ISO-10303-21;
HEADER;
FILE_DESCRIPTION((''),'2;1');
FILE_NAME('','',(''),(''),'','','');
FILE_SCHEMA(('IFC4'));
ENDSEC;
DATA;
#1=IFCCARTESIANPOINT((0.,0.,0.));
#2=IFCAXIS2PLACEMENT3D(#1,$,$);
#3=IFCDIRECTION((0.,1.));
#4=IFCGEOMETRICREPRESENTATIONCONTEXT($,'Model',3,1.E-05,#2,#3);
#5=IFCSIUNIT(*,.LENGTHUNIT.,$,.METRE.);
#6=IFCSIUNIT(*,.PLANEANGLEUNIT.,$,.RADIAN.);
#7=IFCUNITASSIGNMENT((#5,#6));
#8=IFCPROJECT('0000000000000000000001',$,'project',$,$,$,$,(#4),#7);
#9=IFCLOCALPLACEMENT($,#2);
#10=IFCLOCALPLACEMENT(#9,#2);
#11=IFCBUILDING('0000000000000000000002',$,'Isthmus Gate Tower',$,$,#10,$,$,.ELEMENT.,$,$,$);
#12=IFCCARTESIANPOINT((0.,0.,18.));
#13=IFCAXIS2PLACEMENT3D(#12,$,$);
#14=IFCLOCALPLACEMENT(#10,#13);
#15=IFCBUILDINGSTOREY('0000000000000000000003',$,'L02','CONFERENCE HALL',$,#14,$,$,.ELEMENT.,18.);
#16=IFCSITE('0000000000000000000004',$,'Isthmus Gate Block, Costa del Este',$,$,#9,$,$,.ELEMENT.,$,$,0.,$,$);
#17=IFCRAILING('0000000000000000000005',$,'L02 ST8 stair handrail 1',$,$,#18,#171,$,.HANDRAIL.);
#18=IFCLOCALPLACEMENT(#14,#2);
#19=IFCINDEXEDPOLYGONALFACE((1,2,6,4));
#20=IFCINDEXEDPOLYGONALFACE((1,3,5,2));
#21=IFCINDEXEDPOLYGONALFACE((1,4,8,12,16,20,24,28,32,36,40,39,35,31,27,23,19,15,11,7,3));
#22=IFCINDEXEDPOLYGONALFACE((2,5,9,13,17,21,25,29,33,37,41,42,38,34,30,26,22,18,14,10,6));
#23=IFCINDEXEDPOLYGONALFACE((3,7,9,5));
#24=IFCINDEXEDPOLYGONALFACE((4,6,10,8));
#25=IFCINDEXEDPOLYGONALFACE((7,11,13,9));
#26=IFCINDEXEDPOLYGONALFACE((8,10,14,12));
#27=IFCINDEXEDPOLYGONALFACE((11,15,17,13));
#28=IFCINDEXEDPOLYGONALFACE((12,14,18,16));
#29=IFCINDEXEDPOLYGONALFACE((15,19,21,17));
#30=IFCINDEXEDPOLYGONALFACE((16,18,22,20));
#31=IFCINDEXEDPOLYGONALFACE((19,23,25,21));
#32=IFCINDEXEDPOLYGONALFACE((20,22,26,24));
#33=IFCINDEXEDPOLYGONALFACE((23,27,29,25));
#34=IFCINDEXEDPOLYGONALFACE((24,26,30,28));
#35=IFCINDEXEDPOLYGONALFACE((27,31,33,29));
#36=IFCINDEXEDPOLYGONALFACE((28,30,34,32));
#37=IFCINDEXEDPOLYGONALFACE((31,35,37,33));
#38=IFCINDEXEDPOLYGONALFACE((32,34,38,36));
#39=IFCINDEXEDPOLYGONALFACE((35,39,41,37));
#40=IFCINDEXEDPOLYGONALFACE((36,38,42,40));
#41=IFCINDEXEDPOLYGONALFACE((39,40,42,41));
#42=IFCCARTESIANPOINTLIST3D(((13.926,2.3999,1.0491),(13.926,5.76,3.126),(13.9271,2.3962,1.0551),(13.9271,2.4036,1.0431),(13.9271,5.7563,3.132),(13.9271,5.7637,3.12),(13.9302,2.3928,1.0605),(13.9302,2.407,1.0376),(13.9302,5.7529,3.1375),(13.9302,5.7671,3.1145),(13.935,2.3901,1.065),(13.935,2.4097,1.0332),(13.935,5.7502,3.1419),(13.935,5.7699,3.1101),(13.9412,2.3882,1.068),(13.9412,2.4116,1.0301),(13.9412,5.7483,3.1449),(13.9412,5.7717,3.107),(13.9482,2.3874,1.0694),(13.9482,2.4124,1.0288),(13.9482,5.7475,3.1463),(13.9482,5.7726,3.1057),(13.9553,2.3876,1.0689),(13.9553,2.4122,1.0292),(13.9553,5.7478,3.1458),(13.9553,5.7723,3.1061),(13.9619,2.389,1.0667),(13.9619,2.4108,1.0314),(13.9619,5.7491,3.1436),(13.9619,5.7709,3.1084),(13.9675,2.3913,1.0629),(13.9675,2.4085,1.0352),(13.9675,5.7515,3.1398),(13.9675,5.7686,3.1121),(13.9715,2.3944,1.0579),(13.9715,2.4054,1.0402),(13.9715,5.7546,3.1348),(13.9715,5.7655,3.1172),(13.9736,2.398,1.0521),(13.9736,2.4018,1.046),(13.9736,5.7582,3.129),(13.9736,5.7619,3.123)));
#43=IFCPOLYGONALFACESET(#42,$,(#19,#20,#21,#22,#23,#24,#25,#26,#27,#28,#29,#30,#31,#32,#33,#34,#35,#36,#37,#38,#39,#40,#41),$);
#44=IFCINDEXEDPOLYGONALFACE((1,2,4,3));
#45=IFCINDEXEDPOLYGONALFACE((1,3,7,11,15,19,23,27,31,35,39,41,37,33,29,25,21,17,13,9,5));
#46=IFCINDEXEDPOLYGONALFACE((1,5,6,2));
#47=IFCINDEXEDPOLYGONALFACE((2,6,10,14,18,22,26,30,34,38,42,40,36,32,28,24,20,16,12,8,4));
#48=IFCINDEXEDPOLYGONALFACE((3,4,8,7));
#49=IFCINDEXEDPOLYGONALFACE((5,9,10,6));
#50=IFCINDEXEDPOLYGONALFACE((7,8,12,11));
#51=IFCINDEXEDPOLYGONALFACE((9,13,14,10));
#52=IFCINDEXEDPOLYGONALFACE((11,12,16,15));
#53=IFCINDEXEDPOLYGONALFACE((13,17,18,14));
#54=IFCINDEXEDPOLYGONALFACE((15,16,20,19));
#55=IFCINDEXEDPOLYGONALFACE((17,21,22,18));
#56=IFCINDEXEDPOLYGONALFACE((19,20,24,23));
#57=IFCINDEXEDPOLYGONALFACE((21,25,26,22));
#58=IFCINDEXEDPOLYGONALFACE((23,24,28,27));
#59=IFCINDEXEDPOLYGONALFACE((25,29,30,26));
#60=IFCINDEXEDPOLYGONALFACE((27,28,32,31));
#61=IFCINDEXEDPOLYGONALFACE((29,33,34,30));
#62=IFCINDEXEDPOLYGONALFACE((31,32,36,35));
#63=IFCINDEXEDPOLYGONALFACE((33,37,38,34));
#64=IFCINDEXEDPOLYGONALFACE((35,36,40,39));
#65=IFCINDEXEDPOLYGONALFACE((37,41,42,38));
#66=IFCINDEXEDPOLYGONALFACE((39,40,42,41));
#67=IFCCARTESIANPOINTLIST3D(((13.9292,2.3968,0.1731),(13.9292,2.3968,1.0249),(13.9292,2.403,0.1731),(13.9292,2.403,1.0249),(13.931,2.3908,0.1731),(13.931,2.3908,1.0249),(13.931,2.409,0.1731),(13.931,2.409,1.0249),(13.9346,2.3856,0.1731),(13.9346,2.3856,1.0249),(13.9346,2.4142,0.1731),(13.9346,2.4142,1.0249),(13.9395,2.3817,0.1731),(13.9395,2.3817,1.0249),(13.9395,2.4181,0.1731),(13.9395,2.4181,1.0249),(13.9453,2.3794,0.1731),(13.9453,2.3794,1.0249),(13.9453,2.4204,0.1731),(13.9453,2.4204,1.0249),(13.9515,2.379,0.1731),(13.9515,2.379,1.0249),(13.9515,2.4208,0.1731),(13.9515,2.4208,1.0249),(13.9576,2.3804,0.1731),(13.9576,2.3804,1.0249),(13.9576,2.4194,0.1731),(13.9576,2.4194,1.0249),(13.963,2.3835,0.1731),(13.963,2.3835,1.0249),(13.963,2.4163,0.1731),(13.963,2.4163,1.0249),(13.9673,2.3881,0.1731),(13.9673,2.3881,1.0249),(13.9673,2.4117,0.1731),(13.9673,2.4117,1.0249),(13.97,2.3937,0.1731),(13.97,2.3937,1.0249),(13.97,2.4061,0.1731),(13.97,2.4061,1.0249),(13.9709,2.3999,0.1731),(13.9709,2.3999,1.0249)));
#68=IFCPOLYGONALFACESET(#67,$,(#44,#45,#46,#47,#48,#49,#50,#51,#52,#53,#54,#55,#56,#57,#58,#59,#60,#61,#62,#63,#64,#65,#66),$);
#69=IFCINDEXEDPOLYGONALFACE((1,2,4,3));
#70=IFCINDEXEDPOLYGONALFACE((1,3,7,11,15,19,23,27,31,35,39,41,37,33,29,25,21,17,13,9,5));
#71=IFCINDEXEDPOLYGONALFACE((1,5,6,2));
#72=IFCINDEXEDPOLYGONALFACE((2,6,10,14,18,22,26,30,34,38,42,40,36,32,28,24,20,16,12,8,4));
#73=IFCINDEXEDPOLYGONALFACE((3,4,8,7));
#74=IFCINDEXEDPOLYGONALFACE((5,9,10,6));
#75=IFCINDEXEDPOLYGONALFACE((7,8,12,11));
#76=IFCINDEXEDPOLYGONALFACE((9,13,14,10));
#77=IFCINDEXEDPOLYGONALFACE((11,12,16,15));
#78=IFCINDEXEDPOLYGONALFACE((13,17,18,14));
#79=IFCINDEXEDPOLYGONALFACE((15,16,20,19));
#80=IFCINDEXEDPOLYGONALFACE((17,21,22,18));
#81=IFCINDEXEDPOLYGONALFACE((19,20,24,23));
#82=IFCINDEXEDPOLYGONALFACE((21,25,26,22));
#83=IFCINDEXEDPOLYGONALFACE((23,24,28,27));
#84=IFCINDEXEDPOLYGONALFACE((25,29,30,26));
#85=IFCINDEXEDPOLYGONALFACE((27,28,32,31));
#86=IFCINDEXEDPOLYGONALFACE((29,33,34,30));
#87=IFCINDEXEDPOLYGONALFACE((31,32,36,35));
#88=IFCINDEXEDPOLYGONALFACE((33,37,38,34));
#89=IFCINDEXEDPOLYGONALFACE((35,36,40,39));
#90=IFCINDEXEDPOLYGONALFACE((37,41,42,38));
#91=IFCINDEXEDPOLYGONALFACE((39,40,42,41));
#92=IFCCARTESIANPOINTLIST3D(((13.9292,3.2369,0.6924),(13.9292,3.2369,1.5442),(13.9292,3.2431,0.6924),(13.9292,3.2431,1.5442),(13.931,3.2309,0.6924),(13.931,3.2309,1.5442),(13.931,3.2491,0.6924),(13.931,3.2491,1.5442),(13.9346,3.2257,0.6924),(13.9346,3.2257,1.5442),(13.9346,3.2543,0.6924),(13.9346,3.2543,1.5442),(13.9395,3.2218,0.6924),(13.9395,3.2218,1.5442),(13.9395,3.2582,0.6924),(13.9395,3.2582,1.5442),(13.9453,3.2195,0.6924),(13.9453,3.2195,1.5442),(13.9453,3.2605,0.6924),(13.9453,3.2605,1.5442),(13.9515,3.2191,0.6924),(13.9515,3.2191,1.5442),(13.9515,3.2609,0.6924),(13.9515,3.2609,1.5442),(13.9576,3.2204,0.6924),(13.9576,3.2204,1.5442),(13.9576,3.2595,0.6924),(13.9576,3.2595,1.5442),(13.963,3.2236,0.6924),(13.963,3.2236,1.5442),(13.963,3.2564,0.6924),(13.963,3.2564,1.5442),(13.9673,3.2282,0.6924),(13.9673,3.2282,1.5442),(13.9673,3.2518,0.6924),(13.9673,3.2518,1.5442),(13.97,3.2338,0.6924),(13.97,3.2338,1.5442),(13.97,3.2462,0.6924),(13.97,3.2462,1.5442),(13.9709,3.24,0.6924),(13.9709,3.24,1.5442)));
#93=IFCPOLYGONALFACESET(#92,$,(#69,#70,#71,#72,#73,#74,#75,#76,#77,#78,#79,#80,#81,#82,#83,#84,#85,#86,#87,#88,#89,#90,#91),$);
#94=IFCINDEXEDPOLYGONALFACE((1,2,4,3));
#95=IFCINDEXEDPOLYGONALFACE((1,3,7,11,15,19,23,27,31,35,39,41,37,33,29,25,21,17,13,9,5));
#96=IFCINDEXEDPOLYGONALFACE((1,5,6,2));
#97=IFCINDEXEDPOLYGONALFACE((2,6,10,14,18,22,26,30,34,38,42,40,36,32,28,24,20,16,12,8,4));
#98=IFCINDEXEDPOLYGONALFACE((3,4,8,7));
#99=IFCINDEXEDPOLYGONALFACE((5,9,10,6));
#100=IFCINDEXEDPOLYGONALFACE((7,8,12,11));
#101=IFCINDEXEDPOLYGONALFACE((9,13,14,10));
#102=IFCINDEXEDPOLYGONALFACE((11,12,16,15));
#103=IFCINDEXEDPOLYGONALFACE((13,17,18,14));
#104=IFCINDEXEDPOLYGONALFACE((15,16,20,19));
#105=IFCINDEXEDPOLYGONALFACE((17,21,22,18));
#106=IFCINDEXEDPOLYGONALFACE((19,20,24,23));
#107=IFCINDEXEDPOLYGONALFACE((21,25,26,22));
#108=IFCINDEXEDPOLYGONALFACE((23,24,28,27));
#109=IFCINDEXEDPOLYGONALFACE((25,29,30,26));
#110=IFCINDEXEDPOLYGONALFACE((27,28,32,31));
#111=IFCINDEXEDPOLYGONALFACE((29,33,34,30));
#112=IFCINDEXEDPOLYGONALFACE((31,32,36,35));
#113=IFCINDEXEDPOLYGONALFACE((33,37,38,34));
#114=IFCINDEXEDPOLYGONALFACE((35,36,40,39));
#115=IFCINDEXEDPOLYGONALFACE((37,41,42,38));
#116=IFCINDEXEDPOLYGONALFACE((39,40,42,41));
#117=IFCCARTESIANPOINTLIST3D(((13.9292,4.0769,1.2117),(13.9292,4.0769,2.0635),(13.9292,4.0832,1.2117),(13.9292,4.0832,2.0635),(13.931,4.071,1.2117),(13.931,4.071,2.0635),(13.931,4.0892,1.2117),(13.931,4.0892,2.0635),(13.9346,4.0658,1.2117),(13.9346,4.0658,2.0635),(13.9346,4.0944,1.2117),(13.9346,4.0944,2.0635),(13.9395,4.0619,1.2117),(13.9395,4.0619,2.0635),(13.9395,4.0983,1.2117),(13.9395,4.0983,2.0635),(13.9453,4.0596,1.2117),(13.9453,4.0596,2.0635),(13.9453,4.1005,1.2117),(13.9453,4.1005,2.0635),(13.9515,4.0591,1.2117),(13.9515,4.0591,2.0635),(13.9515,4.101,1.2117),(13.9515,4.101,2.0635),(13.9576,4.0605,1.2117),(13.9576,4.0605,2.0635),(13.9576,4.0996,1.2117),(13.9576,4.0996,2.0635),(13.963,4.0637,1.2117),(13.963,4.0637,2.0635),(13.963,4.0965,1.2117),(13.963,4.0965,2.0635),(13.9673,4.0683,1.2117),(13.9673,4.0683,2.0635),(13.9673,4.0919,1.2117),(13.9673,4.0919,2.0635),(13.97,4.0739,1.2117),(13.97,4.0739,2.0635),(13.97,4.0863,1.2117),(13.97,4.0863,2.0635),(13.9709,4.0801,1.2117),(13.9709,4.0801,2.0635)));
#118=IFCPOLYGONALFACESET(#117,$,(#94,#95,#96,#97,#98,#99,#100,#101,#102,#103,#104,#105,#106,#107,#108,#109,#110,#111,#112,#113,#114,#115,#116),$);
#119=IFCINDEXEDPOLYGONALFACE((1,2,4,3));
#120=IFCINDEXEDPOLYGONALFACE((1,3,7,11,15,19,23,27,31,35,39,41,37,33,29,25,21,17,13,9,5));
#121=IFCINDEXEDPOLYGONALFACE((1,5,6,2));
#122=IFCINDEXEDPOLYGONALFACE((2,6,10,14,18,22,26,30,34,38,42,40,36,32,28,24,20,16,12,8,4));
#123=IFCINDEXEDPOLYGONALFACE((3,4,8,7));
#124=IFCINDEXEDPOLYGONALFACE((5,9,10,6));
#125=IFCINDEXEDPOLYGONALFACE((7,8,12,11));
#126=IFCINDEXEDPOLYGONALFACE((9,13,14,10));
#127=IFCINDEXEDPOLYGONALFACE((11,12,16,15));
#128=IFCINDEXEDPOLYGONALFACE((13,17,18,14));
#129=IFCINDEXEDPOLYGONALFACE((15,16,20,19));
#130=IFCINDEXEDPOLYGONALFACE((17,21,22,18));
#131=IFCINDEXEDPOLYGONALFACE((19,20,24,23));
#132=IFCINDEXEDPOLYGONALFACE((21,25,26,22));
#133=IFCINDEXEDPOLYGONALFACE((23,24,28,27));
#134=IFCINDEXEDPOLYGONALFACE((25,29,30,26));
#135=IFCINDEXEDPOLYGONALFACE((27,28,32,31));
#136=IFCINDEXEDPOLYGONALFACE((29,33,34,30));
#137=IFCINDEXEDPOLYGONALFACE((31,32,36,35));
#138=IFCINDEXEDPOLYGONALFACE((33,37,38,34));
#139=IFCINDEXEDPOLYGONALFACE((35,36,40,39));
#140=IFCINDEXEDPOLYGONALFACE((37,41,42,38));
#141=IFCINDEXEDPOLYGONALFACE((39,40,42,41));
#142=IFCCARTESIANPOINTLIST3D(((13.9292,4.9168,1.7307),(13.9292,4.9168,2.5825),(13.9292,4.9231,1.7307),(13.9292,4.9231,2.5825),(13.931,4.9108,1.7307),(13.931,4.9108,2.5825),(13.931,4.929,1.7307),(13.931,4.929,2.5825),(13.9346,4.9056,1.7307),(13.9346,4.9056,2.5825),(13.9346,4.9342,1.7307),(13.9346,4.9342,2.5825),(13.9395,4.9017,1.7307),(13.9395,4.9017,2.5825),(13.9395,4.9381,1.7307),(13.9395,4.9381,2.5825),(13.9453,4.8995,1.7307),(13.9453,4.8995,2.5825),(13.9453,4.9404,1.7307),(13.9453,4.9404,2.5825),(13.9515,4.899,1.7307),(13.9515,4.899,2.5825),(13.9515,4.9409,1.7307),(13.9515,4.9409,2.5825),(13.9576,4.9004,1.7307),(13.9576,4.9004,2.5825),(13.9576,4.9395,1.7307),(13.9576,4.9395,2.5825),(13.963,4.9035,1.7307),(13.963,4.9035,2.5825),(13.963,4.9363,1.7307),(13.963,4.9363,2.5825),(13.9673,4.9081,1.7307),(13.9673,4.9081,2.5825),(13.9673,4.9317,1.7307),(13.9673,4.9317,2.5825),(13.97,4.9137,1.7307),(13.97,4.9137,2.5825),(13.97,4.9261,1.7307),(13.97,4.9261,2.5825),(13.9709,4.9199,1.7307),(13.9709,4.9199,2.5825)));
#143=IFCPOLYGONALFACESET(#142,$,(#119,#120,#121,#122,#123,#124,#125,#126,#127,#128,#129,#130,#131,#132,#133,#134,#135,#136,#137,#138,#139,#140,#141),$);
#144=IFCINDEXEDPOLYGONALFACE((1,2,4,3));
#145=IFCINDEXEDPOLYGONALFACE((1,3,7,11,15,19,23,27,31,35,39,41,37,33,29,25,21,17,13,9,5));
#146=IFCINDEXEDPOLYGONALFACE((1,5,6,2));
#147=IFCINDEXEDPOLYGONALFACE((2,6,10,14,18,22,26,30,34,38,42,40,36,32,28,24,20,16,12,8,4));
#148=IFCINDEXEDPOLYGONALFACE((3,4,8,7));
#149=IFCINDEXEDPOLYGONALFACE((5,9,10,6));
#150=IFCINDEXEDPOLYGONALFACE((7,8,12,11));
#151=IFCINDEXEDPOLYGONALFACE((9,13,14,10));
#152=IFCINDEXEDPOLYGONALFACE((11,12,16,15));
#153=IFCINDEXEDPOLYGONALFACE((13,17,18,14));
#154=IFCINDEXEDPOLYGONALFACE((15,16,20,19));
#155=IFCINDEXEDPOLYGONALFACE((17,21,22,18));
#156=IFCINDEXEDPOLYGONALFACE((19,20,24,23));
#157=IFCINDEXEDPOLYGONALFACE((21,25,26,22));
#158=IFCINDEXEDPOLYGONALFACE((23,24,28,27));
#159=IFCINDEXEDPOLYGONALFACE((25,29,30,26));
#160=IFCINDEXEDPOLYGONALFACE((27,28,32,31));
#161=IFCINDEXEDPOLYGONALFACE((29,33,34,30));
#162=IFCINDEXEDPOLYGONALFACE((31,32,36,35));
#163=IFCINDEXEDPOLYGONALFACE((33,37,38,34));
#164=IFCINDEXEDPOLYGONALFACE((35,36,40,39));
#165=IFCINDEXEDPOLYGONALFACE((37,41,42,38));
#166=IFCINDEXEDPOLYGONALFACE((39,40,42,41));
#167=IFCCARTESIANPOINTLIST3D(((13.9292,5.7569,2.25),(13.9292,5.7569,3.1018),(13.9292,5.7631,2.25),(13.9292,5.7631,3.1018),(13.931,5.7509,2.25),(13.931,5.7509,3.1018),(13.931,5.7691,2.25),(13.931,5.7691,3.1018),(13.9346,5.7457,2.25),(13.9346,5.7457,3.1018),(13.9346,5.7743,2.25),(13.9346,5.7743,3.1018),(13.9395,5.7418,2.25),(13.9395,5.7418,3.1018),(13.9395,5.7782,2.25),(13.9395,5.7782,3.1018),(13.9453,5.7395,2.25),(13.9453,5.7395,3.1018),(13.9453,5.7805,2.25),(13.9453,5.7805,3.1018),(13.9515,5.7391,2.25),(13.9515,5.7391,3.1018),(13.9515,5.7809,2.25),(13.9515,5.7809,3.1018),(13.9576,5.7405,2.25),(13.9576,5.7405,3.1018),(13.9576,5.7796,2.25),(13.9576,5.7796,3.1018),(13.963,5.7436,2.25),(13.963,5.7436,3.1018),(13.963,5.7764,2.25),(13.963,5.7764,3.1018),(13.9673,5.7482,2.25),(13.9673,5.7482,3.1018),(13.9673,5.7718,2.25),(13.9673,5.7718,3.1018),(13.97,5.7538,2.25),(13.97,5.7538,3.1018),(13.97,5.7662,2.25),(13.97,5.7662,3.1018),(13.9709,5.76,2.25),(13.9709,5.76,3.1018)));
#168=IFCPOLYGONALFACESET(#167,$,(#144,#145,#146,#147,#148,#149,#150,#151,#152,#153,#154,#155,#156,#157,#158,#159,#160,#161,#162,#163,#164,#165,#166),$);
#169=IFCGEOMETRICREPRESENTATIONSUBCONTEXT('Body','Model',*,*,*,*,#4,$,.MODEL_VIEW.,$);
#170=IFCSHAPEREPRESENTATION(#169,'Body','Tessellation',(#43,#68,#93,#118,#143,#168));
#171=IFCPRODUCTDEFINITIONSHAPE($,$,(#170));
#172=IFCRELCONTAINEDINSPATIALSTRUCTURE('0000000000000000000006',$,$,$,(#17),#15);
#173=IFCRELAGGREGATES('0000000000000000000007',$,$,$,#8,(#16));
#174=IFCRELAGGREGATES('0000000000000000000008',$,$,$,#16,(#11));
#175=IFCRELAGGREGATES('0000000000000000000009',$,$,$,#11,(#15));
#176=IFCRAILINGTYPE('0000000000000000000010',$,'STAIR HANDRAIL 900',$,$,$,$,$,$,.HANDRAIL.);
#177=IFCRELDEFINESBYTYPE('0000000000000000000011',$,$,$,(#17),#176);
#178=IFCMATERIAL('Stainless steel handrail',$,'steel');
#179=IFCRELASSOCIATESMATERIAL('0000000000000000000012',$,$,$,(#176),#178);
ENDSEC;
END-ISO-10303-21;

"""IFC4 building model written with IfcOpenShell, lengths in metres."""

from ifc_helpers import new_model, si_unit, direction, frame, origin, origin_2d, place, context, subcontext, project, spatial, circle, extrude, material, type_object, element, save


model = new_model("IFC4")

# Units and contexts
model_context = context("Model", 3, precision=1e-05, world=origin(), true_north=direction((0.0, 1.0)))
body_context = subcontext(model_context, "Body", "Model", "MODEL_VIEW")
ifc_project = project(units=[si_unit("LENGTHUNIT", "METRE"), si_unit("PLANEANGLEUNIT", "RADIAN")], contexts=[model_context])

# Site, building, storey
site_placement = place(None, origin())
site = spatial("IfcSite", under=ifc_project, at=site_placement, Name="Isthmus Gate Block, Costa del Este", CompositionType="ELEMENT", RefElevation=0.0)
building_placement = place(site_placement, origin())
building = spatial("IfcBuilding", under=site, at=building_placement, Name="Isthmus Gate Tower", CompositionType="ELEMENT")
storey_placement = place(building_placement, frame((0.0, 0.0, 18.0)))
storey = spatial("IfcBuildingStorey", under=building, at=storey_placement, Name="L02", Description="CONFERENCE HALL", CompositionType="ELEMENT", Elevation=18.0)

# Railing
ifc_material_1 = material(Name="Stainless steel handrail", Category="steel")
railing_type = type_object("IfcRailingType", Name="STAIR HANDRAIL 900", PredefinedType="HANDRAIL", material=ifc_material_1)
for number, where, name in (
    (1, (13.95, 2.3999, 0.1731), "L02 ST8 stair handrail 1"),
):
    element("IfcRailing", number, at=place(storey_placement, frame(where)), inside=storey, type_object=railing_type, Name=name, PredefinedType="HANDRAIL", context=body_context, shape_type="SweptSolid", body=[
        extrude(circle(Radius=0.0239, at=origin_2d()), frame((0.0, 0.0, 0.876), z_axis=(0.0, 0.850623, 0.525776), x_axis=(-1.0, 0.0, 0.0)), (0.0, 0.0, 1.0), 3.9502),
        extrude(circle(Radius=0.021, at=origin_2d()), origin(), (0.0, 0.0, 1.0), 0.8518),
        extrude(circle(Radius=0.021, at=origin_2d()), frame((0.0, 0.8401, 0.5193)), (0.0, 0.0, 1.0), 0.8518),
        extrude(circle(Radius=0.021, at=origin_2d()), frame((0.0, 1.6802, 1.0386)), (0.0, 0.0, 1.0), 0.8518),
        extrude(circle(Radius=0.021, at=origin_2d()), frame((0.0, 2.52, 1.5576)), (0.0, 0.0, 1.0), 0.8518),
        extrude(circle(Radius=0.021, at=origin_2d()), frame((0.0, 3.3601, 2.0769)), (0.0, 0.0, 1.0), 0.8518),
    ])

save(model, "model.ifc")
